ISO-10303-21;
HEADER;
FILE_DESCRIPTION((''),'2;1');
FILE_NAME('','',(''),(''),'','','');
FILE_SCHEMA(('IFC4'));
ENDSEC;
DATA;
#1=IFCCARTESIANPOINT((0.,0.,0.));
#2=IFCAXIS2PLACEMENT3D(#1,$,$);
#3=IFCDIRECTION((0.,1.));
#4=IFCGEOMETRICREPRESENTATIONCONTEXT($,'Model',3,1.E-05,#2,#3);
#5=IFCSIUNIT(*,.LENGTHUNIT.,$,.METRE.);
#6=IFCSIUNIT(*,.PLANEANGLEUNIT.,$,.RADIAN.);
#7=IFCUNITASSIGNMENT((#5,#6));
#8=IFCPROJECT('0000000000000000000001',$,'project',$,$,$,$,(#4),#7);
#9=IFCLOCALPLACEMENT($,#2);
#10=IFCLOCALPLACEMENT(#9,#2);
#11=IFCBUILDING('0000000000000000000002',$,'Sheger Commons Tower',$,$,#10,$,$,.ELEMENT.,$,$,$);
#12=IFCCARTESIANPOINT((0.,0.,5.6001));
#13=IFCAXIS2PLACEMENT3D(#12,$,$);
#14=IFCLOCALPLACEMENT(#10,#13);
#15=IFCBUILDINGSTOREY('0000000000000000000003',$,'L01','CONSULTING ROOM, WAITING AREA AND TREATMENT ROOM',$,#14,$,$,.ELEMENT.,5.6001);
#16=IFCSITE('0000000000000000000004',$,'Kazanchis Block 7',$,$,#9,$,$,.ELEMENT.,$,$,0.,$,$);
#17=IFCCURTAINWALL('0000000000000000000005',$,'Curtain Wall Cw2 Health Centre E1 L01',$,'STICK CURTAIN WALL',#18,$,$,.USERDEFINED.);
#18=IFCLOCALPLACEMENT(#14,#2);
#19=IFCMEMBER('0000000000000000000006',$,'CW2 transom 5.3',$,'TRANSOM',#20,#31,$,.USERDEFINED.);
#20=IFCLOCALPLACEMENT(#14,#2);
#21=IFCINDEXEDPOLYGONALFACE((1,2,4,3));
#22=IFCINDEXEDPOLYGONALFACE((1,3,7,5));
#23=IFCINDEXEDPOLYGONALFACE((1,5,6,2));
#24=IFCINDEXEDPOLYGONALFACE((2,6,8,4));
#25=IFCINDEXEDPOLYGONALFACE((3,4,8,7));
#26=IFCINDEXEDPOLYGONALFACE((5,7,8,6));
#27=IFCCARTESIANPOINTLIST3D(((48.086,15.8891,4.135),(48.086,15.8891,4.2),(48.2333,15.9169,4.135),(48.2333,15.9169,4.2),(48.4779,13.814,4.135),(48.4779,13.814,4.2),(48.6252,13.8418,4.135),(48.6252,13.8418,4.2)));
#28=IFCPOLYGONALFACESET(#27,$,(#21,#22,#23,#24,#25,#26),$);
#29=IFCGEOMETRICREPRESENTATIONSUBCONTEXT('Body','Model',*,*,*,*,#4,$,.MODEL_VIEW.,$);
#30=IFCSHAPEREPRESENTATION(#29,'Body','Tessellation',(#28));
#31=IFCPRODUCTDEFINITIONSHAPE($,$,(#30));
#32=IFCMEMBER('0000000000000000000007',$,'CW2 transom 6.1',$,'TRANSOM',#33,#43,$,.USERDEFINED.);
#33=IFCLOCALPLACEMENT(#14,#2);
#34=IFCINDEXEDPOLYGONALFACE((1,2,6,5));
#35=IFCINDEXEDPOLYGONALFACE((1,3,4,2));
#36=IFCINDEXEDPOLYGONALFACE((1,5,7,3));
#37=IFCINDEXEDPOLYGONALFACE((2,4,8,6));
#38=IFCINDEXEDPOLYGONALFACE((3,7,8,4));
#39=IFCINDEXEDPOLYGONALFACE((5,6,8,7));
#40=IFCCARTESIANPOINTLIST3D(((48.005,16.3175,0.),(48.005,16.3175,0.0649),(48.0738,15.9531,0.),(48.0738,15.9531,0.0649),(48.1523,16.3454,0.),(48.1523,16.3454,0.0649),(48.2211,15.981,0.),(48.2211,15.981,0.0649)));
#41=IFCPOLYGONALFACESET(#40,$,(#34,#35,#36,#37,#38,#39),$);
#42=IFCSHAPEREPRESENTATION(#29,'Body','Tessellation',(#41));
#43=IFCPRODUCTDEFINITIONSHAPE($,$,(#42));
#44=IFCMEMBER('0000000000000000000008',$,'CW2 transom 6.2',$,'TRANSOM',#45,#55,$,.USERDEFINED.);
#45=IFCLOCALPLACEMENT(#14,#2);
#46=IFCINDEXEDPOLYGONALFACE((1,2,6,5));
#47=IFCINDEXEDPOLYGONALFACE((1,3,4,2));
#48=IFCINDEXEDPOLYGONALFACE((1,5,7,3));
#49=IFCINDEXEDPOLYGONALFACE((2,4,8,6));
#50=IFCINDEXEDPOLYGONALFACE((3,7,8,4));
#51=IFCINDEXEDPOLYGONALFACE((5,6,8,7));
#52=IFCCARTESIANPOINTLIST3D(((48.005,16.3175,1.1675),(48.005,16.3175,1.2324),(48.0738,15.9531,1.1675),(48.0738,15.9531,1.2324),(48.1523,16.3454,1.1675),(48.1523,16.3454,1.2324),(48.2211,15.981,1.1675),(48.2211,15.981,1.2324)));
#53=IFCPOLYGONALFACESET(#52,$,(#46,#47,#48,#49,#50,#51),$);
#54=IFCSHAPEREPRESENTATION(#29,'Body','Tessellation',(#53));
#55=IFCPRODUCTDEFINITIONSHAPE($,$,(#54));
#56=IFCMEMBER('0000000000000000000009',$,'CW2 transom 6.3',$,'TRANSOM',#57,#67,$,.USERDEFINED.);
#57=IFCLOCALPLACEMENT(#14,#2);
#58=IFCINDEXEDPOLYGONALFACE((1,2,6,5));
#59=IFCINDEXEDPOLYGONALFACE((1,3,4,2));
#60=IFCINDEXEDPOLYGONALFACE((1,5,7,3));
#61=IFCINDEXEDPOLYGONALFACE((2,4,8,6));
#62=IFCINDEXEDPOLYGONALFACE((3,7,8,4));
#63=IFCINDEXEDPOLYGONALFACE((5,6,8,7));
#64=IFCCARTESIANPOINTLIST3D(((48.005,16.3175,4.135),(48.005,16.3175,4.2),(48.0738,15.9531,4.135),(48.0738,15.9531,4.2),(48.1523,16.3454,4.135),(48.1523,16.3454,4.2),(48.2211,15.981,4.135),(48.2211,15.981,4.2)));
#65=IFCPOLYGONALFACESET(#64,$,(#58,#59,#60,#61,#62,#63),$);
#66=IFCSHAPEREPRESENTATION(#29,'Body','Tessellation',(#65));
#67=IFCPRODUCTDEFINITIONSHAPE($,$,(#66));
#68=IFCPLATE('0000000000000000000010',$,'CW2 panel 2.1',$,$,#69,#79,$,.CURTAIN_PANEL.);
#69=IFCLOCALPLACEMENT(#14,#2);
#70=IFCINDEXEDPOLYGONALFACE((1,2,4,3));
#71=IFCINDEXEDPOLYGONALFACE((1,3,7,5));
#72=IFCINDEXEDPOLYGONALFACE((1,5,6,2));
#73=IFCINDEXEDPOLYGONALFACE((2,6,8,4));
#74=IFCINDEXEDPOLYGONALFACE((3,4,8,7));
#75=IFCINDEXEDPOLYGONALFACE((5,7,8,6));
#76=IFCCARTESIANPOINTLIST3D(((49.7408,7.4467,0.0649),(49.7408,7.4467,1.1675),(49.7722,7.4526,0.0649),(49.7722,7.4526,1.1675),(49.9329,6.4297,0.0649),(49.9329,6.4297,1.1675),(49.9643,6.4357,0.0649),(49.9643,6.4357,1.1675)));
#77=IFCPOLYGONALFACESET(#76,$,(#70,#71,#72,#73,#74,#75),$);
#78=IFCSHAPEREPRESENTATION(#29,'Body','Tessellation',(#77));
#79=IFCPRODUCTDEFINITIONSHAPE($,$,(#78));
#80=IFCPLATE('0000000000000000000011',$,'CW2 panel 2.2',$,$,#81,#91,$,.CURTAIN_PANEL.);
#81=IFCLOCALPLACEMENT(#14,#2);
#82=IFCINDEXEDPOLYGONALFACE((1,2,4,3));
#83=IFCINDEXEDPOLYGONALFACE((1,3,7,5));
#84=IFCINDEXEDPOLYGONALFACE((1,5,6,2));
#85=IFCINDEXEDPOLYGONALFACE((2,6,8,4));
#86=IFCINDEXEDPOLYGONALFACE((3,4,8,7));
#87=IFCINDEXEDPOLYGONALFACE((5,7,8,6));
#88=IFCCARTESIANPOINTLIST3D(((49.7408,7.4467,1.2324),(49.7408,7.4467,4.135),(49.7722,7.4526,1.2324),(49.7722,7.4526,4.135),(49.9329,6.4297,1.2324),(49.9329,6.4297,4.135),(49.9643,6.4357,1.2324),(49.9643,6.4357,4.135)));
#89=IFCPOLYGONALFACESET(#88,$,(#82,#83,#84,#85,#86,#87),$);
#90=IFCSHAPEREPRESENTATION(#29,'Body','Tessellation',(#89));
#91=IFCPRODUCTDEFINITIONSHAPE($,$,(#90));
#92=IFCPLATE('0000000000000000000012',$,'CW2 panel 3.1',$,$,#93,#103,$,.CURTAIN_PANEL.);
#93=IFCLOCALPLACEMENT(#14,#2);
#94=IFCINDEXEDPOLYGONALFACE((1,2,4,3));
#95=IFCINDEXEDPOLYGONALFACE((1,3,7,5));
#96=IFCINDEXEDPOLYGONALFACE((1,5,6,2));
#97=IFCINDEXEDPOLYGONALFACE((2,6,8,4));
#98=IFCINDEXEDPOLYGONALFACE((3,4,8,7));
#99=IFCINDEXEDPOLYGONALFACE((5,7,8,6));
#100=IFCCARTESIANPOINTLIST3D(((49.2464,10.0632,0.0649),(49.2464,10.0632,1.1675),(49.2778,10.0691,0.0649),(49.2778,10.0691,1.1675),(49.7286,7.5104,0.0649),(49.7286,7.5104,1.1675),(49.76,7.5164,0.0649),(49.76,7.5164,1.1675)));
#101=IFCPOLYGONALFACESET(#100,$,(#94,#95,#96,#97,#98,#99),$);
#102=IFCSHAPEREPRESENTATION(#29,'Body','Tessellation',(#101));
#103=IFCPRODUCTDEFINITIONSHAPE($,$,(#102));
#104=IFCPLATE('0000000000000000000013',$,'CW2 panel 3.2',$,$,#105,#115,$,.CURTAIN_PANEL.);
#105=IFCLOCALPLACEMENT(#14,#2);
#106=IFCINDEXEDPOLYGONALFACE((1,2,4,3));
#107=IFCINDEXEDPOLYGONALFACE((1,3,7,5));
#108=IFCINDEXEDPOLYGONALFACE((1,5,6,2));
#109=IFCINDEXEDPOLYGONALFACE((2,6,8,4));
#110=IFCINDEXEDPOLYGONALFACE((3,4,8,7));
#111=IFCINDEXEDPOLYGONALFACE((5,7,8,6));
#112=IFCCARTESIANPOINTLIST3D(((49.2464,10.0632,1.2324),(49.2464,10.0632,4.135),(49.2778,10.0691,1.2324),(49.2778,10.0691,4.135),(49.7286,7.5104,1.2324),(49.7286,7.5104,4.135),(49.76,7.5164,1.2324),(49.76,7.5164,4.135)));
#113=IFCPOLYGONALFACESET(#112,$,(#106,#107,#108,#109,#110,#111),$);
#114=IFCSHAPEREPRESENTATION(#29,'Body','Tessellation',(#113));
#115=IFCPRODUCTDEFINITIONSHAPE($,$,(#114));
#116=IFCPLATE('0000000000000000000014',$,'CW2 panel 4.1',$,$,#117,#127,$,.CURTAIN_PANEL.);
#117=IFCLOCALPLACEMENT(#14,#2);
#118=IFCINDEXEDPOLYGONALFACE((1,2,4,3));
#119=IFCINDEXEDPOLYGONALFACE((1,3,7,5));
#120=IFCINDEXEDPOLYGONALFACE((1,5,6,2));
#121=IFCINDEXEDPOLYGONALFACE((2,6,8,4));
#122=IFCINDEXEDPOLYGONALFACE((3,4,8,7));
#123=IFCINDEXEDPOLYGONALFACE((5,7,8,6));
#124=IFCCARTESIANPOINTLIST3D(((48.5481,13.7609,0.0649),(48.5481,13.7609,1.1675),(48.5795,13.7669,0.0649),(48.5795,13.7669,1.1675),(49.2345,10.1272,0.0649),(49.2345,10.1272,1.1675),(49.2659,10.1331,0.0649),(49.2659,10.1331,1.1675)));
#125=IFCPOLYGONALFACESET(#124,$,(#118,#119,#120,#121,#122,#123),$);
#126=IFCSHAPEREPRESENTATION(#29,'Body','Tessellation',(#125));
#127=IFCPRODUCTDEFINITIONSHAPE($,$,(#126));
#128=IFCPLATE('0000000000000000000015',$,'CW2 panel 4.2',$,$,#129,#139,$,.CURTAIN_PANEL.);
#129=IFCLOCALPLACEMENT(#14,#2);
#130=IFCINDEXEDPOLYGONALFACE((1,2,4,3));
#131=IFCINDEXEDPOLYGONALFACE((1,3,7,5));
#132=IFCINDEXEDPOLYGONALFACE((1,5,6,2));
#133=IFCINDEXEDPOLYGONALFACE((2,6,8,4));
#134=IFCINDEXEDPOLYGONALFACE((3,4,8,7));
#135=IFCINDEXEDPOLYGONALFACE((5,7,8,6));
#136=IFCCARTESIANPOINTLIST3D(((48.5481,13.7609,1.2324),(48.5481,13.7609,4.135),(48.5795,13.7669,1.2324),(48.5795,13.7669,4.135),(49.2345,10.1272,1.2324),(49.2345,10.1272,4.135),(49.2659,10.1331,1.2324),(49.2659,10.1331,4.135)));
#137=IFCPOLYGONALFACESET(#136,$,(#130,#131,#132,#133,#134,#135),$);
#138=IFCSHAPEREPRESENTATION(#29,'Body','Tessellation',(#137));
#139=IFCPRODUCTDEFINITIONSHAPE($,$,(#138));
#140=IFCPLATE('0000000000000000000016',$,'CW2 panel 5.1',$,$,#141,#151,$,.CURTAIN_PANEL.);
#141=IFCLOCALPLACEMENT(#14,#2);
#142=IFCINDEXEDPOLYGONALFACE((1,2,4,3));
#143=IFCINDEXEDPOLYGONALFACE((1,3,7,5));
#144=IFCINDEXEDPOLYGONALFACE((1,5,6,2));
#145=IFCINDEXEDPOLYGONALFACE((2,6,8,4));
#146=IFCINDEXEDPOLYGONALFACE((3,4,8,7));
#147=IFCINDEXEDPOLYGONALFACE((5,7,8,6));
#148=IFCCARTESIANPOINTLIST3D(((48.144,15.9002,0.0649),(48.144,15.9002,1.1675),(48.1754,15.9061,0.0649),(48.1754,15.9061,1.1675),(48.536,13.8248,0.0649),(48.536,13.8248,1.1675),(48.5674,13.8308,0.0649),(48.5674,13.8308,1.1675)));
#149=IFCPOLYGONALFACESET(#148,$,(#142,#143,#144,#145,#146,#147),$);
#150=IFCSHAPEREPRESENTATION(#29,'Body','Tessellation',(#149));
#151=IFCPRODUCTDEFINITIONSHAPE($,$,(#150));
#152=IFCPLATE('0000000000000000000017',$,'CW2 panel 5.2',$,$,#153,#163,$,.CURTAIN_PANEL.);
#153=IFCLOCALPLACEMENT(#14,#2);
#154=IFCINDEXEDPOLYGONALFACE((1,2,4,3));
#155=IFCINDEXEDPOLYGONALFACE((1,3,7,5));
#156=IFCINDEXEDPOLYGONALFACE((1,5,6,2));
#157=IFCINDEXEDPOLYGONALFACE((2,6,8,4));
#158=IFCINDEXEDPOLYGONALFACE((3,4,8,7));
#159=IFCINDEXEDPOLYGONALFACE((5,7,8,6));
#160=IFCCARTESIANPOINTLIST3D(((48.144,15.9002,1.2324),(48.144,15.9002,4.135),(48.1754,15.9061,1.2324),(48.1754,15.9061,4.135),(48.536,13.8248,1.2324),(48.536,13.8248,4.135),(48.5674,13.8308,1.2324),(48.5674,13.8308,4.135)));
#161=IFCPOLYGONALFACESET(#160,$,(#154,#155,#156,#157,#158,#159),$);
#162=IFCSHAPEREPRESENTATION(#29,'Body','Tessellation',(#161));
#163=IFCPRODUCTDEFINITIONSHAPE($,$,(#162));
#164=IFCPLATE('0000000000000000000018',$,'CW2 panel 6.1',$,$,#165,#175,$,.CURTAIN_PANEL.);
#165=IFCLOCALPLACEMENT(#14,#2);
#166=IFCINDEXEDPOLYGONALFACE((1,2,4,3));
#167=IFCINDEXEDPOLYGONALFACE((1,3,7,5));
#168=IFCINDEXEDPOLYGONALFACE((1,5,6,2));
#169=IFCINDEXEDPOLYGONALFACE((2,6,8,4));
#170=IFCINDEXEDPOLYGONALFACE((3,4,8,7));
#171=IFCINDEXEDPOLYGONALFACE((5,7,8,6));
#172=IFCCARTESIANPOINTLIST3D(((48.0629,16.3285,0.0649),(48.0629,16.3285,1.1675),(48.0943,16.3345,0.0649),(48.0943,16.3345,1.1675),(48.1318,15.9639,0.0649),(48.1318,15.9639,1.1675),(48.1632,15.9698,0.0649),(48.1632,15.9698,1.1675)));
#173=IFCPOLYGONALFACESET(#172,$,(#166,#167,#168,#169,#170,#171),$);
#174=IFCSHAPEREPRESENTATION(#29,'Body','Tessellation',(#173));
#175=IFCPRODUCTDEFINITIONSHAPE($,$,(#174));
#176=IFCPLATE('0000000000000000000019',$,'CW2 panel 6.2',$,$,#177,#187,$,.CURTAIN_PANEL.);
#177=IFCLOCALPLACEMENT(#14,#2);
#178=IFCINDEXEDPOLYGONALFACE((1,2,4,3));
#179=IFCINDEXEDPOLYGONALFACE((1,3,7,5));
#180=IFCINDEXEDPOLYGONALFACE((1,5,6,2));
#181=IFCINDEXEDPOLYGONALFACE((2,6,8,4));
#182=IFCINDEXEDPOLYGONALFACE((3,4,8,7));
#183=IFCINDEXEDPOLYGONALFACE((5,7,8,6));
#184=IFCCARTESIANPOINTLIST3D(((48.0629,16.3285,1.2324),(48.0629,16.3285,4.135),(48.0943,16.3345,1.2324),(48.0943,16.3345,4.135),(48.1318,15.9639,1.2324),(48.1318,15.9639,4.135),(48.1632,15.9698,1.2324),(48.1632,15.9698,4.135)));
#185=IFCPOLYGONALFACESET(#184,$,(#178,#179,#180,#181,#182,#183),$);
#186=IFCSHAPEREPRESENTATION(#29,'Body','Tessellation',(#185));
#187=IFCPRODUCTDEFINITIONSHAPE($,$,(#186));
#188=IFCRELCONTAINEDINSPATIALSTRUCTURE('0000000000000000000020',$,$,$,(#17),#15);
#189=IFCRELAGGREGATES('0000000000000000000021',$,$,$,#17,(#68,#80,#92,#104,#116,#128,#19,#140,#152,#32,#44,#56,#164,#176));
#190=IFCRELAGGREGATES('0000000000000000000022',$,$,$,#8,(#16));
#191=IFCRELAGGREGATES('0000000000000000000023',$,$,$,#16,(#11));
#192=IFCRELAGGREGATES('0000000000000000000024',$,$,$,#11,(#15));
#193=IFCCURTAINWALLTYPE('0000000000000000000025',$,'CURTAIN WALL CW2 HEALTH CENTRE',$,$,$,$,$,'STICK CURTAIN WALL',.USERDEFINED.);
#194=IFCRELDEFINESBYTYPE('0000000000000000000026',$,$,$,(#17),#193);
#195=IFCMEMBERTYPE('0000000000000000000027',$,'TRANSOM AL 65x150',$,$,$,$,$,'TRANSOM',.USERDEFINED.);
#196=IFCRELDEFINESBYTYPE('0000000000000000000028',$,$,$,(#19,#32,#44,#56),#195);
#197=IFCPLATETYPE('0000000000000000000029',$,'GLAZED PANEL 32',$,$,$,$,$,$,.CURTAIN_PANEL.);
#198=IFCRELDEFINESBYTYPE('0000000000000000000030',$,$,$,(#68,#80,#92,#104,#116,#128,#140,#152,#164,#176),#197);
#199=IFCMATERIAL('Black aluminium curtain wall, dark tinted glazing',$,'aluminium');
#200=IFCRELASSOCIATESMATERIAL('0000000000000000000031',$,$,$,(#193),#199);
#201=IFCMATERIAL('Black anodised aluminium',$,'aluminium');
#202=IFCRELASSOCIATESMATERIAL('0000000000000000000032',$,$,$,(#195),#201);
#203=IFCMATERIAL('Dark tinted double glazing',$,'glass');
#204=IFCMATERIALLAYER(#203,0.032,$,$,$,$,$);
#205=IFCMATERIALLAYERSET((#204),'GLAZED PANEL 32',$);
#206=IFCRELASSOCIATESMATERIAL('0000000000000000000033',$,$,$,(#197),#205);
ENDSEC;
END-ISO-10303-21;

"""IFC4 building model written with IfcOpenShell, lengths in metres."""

from ifc_helpers import new_model, si_unit, direction, frame, origin, origin_2d, place, context, subcontext, project, spatial, rectangle, extrude, material, layer, layer_set, material_profile, profile_set, type_object, element, aggregate, save


model = new_model("IFC4")

# Units and contexts
model_context = context("Model", 3, precision=1e-05, world=origin(), true_north=direction((0.0, 1.0)))
body_context = subcontext(model_context, "Body", "Model", "MODEL_VIEW")
ifc_project = project(units=[si_unit("LENGTHUNIT", "METRE"), si_unit("PLANEANGLEUNIT", "RADIAN")], contexts=[model_context])

# Site, building, storey
site_placement = place(None, origin())
site = spatial("IfcSite", under=ifc_project, at=site_placement, Name="Kazanchis Block 7", CompositionType="ELEMENT", RefElevation=0.0)
building_placement = place(site_placement, origin())
building = spatial("IfcBuilding", under=site, at=building_placement, Name="Sheger Commons Tower", CompositionType="ELEMENT")
storey_placement = place(building_placement, frame((0.0, 0.0, 5.6001)))
storey = spatial("IfcBuildingStorey", under=building, at=storey_placement, Name="L01", Description="CONSULTING ROOM, WAITING AREA AND TREATMENT ROOM", CompositionType="ELEMENT", Elevation=5.6001)

# Curtain wall, members, plates
ifc_material_1 = material(Name="Black aluminium curtain wall, dark tinted glazing", Category="aluminium")
curtain_wall_type = type_object("IfcCurtainWallType", Name="CURTAIN WALL CW2 HEALTH CENTRE", ElementType="STICK CURTAIN WALL", PredefinedType="USERDEFINED", material=ifc_material_1)
curtain_wall_placement = place(storey_placement, origin())
curtain_wall = element("IfcCurtainWall", 1, at=curtain_wall_placement, inside=storey, type_object=curtain_wall_type, Name="Curtain Wall Cw2 Health Centre E1 L01", ObjectType="STICK CURTAIN WALL", PredefinedType="USERDEFINED")
ifc_material_2 = material(Name="Black anodised aluminium", Category="aluminium")
ifc_material_profile_1 = material_profile(ifc_material_2, rectangle(XDim=0.1499, YDim=0.0649, at=origin_2d()), Name="AL 65x150")
ifc_profile_set_1 = profile_set([ifc_material_profile_1], Name="Black anodised aluminium")
member_type_1 = type_object("IfcMemberType", Name="TRANSOM AL 65x150", ElementType="TRANSOM", PredefinedType="USERDEFINED", material=ifc_profile_set_1)
member_1_placement = place(storey_placement, frame((48.5515, 13.8279, 4.1675), z_axis=(-0.185545, 0.982636, 0.0), x_axis=(-0.982636, -0.185545, 0.0)))
member_1 = element("IfcMember", 2, at=member_1_placement, type_object=member_type_1, Name="CW2 transom 5.3", ObjectType="TRANSOM", PredefinedType="USERDEFINED", context=body_context, shape_type="SweptSolid", body=[
    extrude(rectangle(XDim=0.1499, YDim=0.0649, at=origin_2d()), origin(), (0.0, 0.0, 1.0), 2.1118),
])
member_2_placement = place(storey_placement, frame((48.1475, 15.967, 0.0325), z_axis=(-0.1856, 0.982625, 0.0), x_axis=(-0.982625, -0.1856, 0.0)))
member_2 = element("IfcMember", 3, at=member_2_placement, type_object=member_type_1, Name="CW2 transom 6.1", ObjectType="TRANSOM", PredefinedType="USERDEFINED", context=body_context, shape_type="SweptSolid", body=[
    extrude(rectangle(XDim=0.1499, YDim=0.0649, at=origin_2d()), origin(), (0.0, 0.0, 1.0), 0.3708),
])
member_3_placement = place(storey_placement, frame((48.1475, 15.967, 1.2), z_axis=(-0.1856, 0.982625, 0.0), x_axis=(-0.982625, -0.1856, 0.0)))
member_3 = element("IfcMember", 4, at=member_3_placement, type_object=member_type_1, Name="CW2 transom 6.2", ObjectType="TRANSOM", PredefinedType="USERDEFINED", context=body_context, shape_type="SweptSolid", body=[
    extrude(rectangle(XDim=0.1499, YDim=0.0649, at=origin_2d()), origin(), (0.0, 0.0, 1.0), 0.3708),
])
member_4_placement = place(storey_placement, frame((48.1475, 15.967, 4.1675), z_axis=(-0.1856, 0.982625, 0.0), x_axis=(-0.982625, -0.1856, 0.0)))
member_4 = element("IfcMember", 5, at=member_4_placement, type_object=member_type_1, Name="CW2 transom 6.3", ObjectType="TRANSOM", PredefinedType="USERDEFINED", context=body_context, shape_type="SweptSolid", body=[
    extrude(rectangle(XDim=0.1499, YDim=0.0649, at=origin_2d()), origin(), (0.0, 0.0, 1.0), 0.3708),
])
ifc_material_3 = material(Name="Dark tinted double glazing", Category="glass")
ifc_layer_1 = layer(ifc_material_3, 0.032)
ifc_layer_set_1 = layer_set([ifc_layer_1], Name="GLAZED PANEL 32")
plate_type = type_object("IfcPlateType", Name="GLAZED PANEL 32", PredefinedType="CURTAIN_PANEL", material=ifc_layer_set_1)
plate_1_placement = place(storey_placement, frame((49.8525, 6.9412, 0.0649), z_axis=(0.0, 0.0, 1.0), x_axis=(-0.18561, 0.982624, 0.0)))
plate_1 = element("IfcPlate", 6, at=plate_1_placement, type_object=plate_type, Name="CW2 panel 2.1", PredefinedType="CURTAIN_PANEL", context=body_context, shape_type="SweptSolid", body=[
    extrude(rectangle(XDim=1.0349, YDim=0.032, at=origin_2d()), origin(), (0.0, 0.0, 1.0), 1.1025),
])
plate_2_placement = place(storey_placement, frame((49.8525, 6.9412, 1.2324), z_axis=(0.0, 0.0, 1.0), x_axis=(-0.18561, 0.982624, 0.0)))
plate_2 = element("IfcPlate", 7, at=plate_2_placement, type_object=plate_type, Name="CW2 panel 2.2", PredefinedType="CURTAIN_PANEL", context=body_context, shape_type="SweptSolid", body=[
    extrude(rectangle(XDim=1.0349, YDim=0.032, at=origin_2d()), origin(), (0.0, 0.0, 1.0), 2.9026),
])
plate_3_placement = place(storey_placement, frame((49.5032, 8.7898, 0.0649), z_axis=(0.0, 0.0, 1.0), x_axis=(-0.18561, 0.982624, 0.0)))
plate_3 = element("IfcPlate", 8, at=plate_3_placement, type_object=plate_type, Name="CW2 panel 3.1", PredefinedType="CURTAIN_PANEL", context=body_context, shape_type="SweptSolid", body=[
    extrude(rectangle(XDim=2.5979, YDim=0.032, at=origin_2d()), origin(), (0.0, 0.0, 1.0), 1.1025),
])
plate_4_placement = place(storey_placement, frame((49.5032, 8.7898, 1.2324), z_axis=(0.0, 0.0, 1.0), x_axis=(-0.18561, 0.982624, 0.0)))
plate_4 = element("IfcPlate", 9, at=plate_4_placement, type_object=plate_type, Name="CW2 panel 3.2", PredefinedType="CURTAIN_PANEL", context=body_context, shape_type="SweptSolid", body=[
    extrude(rectangle(XDim=2.5979, YDim=0.032, at=origin_2d()), origin(), (0.0, 0.0, 1.0), 2.9026),
])
plate_5_placement = place(storey_placement, frame((48.907, 11.947, 0.0649), z_axis=(0.0, 0.0, 1.0), x_axis=(-0.18561, 0.982624, 0.0)))
plate_5 = element("IfcPlate", 10, at=plate_5_placement, type_object=plate_type, Name="CW2 panel 4.1", PredefinedType="CURTAIN_PANEL", context=body_context, shape_type="SweptSolid", body=[
    extrude(rectangle(XDim=3.698, YDim=0.032, at=origin_2d()), origin(), (0.0, 0.0, 1.0), 1.1025),
])
plate_6_placement = place(storey_placement, frame((48.907, 11.947, 1.2324), z_axis=(0.0, 0.0, 1.0), x_axis=(-0.18561, 0.982624, 0.0)))
plate_6 = element("IfcPlate", 11, at=plate_6_placement, type_object=plate_type, Name="CW2 panel 4.2", PredefinedType="CURTAIN_PANEL", context=body_context, shape_type="SweptSolid", body=[
    extrude(rectangle(XDim=3.698, YDim=0.032, at=origin_2d()), origin(), (0.0, 0.0, 1.0), 2.9026),
])
plate_7_placement = place(storey_placement, frame((48.3557, 14.8655, 0.0649), z_axis=(0.0, 0.0, 1.0), x_axis=(-0.18561, 0.982624, 0.0)))
plate_7 = element("IfcPlate", 12, at=plate_7_placement, type_object=plate_type, Name="CW2 panel 5.1", PredefinedType="CURTAIN_PANEL", context=body_context, shape_type="SweptSolid", body=[
    extrude(rectangle(XDim=2.1121, YDim=0.032, at=origin_2d()), origin(), (0.0, 0.0, 1.0), 1.1025),
])
plate_8_placement = place(storey_placement, frame((48.3557, 14.8655, 1.2324), z_axis=(0.0, 0.0, 1.0), x_axis=(-0.18561, 0.982624, 0.0)))
plate_8 = element("IfcPlate", 13, at=plate_8_placement, type_object=plate_type, Name="CW2 panel 5.2", PredefinedType="CURTAIN_PANEL", context=body_context, shape_type="SweptSolid", body=[
    extrude(rectangle(XDim=2.1121, YDim=0.032, at=origin_2d()), origin(), (0.0, 0.0, 1.0), 2.9026),
])
plate_9_placement = place(storey_placement, frame((48.113, 16.1492, 0.0649), z_axis=(0.0, 0.0, 1.0), x_axis=(-0.18561, 0.982624, 0.0)))
plate_9 = element("IfcPlate", 14, at=plate_9_placement, type_object=plate_type, Name="CW2 panel 6.1", PredefinedType="CURTAIN_PANEL", context=body_context, shape_type="SweptSolid", body=[
    extrude(rectangle(XDim=0.3711, YDim=0.032, at=origin_2d()), origin(), (0.0, 0.0, 1.0), 1.1025),
])
plate_10_placement = place(storey_placement, frame((48.113, 16.1492, 1.2324), z_axis=(0.0, 0.0, 1.0), x_axis=(-0.18561, 0.982624, 0.0)))
plate_10 = element("IfcPlate", 15, at=plate_10_placement, type_object=plate_type, Name="CW2 panel 6.2", PredefinedType="CURTAIN_PANEL", context=body_context, shape_type="SweptSolid", body=[
    extrude(rectangle(XDim=0.3711, YDim=0.032, at=origin_2d()), origin(), (0.0, 0.0, 1.0), 2.9026),
])
aggregate(curtain_wall, [plate_1, plate_2, plate_3, plate_4, plate_5, plate_6, member_1, plate_7, plate_8, member_2, member_3, member_4, plate_9, plate_10])

save(model, "model.ifc")
